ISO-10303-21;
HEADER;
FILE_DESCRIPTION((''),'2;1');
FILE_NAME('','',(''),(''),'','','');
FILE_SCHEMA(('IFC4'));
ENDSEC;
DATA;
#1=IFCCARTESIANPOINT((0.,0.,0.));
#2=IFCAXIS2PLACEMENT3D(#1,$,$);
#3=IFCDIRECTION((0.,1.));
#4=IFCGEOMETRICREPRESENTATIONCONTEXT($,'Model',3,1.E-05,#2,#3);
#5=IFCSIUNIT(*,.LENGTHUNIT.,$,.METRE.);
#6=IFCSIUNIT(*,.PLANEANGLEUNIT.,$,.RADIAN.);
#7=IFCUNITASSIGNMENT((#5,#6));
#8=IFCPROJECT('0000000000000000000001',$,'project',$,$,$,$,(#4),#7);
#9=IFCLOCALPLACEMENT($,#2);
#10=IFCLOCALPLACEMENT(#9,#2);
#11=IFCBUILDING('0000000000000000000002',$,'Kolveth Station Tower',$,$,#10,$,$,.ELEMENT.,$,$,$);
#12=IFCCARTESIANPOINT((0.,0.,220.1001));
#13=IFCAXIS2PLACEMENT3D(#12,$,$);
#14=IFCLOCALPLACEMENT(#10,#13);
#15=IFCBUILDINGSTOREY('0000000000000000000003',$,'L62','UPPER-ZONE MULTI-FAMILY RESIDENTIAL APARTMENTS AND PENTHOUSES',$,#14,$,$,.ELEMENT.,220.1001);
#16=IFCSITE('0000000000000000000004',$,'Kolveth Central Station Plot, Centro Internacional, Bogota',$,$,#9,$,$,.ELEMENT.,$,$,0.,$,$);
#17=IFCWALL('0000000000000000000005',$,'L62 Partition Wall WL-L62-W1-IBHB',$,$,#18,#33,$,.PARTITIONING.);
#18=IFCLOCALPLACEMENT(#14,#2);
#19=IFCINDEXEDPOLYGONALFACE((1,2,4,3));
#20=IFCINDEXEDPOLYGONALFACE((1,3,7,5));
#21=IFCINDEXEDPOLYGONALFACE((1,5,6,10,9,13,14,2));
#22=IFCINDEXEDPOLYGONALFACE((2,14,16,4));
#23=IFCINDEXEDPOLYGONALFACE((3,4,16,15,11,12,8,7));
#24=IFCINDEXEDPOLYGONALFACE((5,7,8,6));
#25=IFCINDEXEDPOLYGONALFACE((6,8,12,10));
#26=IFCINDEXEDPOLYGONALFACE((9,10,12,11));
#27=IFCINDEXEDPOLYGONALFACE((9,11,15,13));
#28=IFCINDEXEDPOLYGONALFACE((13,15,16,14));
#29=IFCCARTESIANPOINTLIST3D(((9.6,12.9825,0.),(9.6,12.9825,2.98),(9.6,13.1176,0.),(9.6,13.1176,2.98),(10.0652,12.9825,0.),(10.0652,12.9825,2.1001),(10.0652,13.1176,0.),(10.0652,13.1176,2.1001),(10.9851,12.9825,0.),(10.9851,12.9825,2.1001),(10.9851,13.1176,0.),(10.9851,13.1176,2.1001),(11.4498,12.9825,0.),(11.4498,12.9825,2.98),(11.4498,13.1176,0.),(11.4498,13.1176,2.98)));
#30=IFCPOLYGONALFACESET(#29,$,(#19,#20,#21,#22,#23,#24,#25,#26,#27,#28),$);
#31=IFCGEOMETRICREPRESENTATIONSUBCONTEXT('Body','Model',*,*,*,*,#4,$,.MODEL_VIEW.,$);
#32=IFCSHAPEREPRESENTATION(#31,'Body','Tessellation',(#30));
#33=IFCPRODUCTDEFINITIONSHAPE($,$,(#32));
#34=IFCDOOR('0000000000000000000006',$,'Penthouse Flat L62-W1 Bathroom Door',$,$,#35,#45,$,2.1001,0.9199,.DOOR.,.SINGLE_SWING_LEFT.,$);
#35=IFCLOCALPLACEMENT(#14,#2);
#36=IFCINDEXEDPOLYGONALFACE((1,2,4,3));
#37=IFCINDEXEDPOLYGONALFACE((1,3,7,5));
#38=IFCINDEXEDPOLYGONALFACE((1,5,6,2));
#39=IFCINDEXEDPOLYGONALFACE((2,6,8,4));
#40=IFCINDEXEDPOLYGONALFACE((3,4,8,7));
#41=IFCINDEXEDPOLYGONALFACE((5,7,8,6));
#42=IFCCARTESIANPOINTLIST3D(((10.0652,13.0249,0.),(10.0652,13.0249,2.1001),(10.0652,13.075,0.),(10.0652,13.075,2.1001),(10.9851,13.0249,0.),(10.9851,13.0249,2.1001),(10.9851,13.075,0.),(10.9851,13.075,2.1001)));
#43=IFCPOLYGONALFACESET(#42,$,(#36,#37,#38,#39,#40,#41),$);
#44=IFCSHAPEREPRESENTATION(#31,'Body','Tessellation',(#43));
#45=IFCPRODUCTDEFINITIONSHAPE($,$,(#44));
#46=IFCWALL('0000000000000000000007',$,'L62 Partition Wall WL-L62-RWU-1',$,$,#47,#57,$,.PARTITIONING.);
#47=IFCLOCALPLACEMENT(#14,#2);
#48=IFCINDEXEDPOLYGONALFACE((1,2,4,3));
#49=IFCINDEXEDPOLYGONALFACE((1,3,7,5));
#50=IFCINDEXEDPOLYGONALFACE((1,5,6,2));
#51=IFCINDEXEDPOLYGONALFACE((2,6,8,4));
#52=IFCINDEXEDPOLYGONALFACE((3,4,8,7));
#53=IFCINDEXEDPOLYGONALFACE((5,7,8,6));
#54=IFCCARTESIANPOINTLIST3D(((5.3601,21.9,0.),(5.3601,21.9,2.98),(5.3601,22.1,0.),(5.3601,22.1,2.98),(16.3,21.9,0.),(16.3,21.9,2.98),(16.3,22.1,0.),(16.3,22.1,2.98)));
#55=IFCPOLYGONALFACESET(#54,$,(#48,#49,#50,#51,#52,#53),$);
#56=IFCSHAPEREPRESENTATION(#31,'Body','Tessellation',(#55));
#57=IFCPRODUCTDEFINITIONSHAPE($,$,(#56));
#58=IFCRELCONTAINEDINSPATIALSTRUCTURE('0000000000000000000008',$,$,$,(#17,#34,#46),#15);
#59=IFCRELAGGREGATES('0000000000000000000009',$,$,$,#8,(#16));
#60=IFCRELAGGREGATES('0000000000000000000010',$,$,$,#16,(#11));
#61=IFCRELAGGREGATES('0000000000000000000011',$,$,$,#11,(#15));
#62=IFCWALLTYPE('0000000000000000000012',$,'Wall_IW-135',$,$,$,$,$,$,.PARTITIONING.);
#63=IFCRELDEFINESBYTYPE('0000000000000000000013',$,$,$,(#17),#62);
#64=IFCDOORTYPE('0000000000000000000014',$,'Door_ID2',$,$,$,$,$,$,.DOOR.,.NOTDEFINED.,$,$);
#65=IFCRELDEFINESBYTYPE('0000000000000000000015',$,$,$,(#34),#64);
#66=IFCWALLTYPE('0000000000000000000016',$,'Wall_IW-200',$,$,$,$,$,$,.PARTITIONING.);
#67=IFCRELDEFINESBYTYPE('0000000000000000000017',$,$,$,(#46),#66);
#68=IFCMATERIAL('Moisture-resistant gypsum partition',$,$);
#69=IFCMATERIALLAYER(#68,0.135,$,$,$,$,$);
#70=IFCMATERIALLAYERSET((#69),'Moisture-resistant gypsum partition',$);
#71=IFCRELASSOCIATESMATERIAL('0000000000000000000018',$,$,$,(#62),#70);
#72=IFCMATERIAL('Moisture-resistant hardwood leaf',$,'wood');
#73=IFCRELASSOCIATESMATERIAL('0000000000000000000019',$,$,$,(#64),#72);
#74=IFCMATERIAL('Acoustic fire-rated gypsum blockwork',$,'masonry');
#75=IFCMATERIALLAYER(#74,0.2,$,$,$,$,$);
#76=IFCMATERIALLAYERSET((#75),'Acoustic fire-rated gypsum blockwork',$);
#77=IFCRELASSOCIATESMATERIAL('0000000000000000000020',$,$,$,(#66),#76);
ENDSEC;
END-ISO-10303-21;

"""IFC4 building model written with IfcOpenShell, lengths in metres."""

from ifc_helpers import new_model, si_unit, direction, frame, frame_2d, origin, place, context, subcontext, project, spatial, rectangle, extrude, material, layer, layer_set, type_object, element, fill, save


model = new_model("IFC4")

# Units and contexts
model_context = context("Model", 3, precision=1e-05, world=origin(), true_north=direction((0.0, 1.0)))
body_context = subcontext(model_context, "Body", "Model", "MODEL_VIEW")
ifc_project = project(units=[si_unit("LENGTHUNIT", "METRE"), si_unit("PLANEANGLEUNIT", "RADIAN")], contexts=[model_context])

# Site, building, storey
site_placement = place(None, origin())
site = spatial("IfcSite", under=ifc_project, at=site_placement, Name="Kolveth Central Station Plot, Centro Internacional, Bogota", CompositionType="ELEMENT", RefElevation=0.0)
building_placement = place(site_placement, origin())
building = spatial("IfcBuilding", under=site, at=building_placement, Name="Kolveth Station Tower", CompositionType="ELEMENT")
storey_placement = place(building_placement, frame((0.0, 0.0, 220.1001)))
storey = spatial("IfcBuildingStorey", under=building, at=storey_placement, Name="L62", Description="UPPER-ZONE MULTI-FAMILY RESIDENTIAL APARTMENTS AND PENTHOUSES", CompositionType="ELEMENT", Elevation=220.1001)

# Wall, opening, door
ifc_material_1 = material(Name="Moisture-resistant gypsum partition")
ifc_layer_1 = layer(ifc_material_1, 0.135)
ifc_layer_set_1 = layer_set([ifc_layer_1], Name="Moisture-resistant gypsum partition")
wall_type_1 = type_object("IfcWallType", Name="Wall_IW-135", PredefinedType="PARTITIONING", material=ifc_layer_set_1)
wall_1_placement = place(storey_placement, frame((9.6001, 13.05, 0.0), z_axis=(0.0, 0.0, 1.0), x_axis=(1.0, 0.0, 0.0)))
wall_1 = element("IfcWall", 1, at=wall_1_placement, inside=storey, type_object=wall_type_1, Name="L62 Partition Wall WL-L62-W1-IBHB", PredefinedType="PARTITIONING", context=body_context, shape_type="SweptSolid", body=[
    extrude(rectangle(XDim=1.8499, YDim=0.135, at=frame_2d((0.9248, 0.0))), origin(), (0.0, 0.0, 1.0), 2.98),
])
opening_placement = place(wall_1_placement, frame((0.4651, 0.0, 0.0)))
opening = element("IfcOpeningElement", 2, at=opening_placement, cuts=wall_1, PredefinedType="OPENING", context=body_context, shape_type="SweptSolid", body=[
    extrude(rectangle(XDim=0.9199, YDim=2.1001, at=frame_2d((0.46, 1.05))), frame((0.0, 0.0774, 0.0), z_axis=(0.0, -1.0, 0.0), x_axis=(1.0, 0.0, 0.0)), (0.0, 0.0, 1.0), 0.155),
])
ifc_material_2 = material(Name="Moisture-resistant hardwood leaf", Category="wood")
door_type = type_object("IfcDoorType", Name="Door_ID2", OperationType="NOTDEFINED", PredefinedType="DOOR", material=ifc_material_2)
door_placement = place(opening_placement, origin())
door = element("IfcDoor", 3, at=door_placement, inside=storey, type_object=door_type, Name="Penthouse Flat L62-W1 Bathroom Door", OperationType="SINGLE_SWING_LEFT", OverallHeight=2.1001, OverallWidth=0.9199, PredefinedType="DOOR", context=body_context, shape_type="SweptSolid", body=[
    extrude(rectangle(XDim=0.9199, YDim=2.1001, at=frame_2d((0.46, 1.05))), frame((0.0, 0.0249, 0.0), z_axis=(0.0, -1.0, 0.0), x_axis=(1.0, 0.0, 0.0)), (0.0, 0.0, 1.0), 0.05),
])
fill(opening, door)

# Wall
ifc_material_3 = material(Name="Acoustic fire-rated gypsum blockwork", Category="masonry")
ifc_layer_2 = layer(ifc_material_3, 0.2)
ifc_layer_set_2 = layer_set([ifc_layer_2], Name="Acoustic fire-rated gypsum blockwork")
wall_type_2 = type_object("IfcWallType", Name="Wall_IW-200", PredefinedType="PARTITIONING", material=ifc_layer_set_2)
wall_2_placement = place(storey_placement, frame((5.3601, 22.0, 0.0), z_axis=(0.0, 0.0, 1.0), x_axis=(1.0, 0.0, 0.0)))
element("IfcWall", 4, at=wall_2_placement, inside=storey, type_object=wall_type_2, Name="L62 Partition Wall WL-L62-RWU-1", PredefinedType="PARTITIONING", context=body_context, shape_type="SweptSolid", body=[
    extrude(rectangle(XDim=10.9399, YDim=0.2, at=frame_2d((5.47, 0.0))), origin(), (0.0, 0.0, 1.0), 2.98),
])

save(model, "model.ifc")
